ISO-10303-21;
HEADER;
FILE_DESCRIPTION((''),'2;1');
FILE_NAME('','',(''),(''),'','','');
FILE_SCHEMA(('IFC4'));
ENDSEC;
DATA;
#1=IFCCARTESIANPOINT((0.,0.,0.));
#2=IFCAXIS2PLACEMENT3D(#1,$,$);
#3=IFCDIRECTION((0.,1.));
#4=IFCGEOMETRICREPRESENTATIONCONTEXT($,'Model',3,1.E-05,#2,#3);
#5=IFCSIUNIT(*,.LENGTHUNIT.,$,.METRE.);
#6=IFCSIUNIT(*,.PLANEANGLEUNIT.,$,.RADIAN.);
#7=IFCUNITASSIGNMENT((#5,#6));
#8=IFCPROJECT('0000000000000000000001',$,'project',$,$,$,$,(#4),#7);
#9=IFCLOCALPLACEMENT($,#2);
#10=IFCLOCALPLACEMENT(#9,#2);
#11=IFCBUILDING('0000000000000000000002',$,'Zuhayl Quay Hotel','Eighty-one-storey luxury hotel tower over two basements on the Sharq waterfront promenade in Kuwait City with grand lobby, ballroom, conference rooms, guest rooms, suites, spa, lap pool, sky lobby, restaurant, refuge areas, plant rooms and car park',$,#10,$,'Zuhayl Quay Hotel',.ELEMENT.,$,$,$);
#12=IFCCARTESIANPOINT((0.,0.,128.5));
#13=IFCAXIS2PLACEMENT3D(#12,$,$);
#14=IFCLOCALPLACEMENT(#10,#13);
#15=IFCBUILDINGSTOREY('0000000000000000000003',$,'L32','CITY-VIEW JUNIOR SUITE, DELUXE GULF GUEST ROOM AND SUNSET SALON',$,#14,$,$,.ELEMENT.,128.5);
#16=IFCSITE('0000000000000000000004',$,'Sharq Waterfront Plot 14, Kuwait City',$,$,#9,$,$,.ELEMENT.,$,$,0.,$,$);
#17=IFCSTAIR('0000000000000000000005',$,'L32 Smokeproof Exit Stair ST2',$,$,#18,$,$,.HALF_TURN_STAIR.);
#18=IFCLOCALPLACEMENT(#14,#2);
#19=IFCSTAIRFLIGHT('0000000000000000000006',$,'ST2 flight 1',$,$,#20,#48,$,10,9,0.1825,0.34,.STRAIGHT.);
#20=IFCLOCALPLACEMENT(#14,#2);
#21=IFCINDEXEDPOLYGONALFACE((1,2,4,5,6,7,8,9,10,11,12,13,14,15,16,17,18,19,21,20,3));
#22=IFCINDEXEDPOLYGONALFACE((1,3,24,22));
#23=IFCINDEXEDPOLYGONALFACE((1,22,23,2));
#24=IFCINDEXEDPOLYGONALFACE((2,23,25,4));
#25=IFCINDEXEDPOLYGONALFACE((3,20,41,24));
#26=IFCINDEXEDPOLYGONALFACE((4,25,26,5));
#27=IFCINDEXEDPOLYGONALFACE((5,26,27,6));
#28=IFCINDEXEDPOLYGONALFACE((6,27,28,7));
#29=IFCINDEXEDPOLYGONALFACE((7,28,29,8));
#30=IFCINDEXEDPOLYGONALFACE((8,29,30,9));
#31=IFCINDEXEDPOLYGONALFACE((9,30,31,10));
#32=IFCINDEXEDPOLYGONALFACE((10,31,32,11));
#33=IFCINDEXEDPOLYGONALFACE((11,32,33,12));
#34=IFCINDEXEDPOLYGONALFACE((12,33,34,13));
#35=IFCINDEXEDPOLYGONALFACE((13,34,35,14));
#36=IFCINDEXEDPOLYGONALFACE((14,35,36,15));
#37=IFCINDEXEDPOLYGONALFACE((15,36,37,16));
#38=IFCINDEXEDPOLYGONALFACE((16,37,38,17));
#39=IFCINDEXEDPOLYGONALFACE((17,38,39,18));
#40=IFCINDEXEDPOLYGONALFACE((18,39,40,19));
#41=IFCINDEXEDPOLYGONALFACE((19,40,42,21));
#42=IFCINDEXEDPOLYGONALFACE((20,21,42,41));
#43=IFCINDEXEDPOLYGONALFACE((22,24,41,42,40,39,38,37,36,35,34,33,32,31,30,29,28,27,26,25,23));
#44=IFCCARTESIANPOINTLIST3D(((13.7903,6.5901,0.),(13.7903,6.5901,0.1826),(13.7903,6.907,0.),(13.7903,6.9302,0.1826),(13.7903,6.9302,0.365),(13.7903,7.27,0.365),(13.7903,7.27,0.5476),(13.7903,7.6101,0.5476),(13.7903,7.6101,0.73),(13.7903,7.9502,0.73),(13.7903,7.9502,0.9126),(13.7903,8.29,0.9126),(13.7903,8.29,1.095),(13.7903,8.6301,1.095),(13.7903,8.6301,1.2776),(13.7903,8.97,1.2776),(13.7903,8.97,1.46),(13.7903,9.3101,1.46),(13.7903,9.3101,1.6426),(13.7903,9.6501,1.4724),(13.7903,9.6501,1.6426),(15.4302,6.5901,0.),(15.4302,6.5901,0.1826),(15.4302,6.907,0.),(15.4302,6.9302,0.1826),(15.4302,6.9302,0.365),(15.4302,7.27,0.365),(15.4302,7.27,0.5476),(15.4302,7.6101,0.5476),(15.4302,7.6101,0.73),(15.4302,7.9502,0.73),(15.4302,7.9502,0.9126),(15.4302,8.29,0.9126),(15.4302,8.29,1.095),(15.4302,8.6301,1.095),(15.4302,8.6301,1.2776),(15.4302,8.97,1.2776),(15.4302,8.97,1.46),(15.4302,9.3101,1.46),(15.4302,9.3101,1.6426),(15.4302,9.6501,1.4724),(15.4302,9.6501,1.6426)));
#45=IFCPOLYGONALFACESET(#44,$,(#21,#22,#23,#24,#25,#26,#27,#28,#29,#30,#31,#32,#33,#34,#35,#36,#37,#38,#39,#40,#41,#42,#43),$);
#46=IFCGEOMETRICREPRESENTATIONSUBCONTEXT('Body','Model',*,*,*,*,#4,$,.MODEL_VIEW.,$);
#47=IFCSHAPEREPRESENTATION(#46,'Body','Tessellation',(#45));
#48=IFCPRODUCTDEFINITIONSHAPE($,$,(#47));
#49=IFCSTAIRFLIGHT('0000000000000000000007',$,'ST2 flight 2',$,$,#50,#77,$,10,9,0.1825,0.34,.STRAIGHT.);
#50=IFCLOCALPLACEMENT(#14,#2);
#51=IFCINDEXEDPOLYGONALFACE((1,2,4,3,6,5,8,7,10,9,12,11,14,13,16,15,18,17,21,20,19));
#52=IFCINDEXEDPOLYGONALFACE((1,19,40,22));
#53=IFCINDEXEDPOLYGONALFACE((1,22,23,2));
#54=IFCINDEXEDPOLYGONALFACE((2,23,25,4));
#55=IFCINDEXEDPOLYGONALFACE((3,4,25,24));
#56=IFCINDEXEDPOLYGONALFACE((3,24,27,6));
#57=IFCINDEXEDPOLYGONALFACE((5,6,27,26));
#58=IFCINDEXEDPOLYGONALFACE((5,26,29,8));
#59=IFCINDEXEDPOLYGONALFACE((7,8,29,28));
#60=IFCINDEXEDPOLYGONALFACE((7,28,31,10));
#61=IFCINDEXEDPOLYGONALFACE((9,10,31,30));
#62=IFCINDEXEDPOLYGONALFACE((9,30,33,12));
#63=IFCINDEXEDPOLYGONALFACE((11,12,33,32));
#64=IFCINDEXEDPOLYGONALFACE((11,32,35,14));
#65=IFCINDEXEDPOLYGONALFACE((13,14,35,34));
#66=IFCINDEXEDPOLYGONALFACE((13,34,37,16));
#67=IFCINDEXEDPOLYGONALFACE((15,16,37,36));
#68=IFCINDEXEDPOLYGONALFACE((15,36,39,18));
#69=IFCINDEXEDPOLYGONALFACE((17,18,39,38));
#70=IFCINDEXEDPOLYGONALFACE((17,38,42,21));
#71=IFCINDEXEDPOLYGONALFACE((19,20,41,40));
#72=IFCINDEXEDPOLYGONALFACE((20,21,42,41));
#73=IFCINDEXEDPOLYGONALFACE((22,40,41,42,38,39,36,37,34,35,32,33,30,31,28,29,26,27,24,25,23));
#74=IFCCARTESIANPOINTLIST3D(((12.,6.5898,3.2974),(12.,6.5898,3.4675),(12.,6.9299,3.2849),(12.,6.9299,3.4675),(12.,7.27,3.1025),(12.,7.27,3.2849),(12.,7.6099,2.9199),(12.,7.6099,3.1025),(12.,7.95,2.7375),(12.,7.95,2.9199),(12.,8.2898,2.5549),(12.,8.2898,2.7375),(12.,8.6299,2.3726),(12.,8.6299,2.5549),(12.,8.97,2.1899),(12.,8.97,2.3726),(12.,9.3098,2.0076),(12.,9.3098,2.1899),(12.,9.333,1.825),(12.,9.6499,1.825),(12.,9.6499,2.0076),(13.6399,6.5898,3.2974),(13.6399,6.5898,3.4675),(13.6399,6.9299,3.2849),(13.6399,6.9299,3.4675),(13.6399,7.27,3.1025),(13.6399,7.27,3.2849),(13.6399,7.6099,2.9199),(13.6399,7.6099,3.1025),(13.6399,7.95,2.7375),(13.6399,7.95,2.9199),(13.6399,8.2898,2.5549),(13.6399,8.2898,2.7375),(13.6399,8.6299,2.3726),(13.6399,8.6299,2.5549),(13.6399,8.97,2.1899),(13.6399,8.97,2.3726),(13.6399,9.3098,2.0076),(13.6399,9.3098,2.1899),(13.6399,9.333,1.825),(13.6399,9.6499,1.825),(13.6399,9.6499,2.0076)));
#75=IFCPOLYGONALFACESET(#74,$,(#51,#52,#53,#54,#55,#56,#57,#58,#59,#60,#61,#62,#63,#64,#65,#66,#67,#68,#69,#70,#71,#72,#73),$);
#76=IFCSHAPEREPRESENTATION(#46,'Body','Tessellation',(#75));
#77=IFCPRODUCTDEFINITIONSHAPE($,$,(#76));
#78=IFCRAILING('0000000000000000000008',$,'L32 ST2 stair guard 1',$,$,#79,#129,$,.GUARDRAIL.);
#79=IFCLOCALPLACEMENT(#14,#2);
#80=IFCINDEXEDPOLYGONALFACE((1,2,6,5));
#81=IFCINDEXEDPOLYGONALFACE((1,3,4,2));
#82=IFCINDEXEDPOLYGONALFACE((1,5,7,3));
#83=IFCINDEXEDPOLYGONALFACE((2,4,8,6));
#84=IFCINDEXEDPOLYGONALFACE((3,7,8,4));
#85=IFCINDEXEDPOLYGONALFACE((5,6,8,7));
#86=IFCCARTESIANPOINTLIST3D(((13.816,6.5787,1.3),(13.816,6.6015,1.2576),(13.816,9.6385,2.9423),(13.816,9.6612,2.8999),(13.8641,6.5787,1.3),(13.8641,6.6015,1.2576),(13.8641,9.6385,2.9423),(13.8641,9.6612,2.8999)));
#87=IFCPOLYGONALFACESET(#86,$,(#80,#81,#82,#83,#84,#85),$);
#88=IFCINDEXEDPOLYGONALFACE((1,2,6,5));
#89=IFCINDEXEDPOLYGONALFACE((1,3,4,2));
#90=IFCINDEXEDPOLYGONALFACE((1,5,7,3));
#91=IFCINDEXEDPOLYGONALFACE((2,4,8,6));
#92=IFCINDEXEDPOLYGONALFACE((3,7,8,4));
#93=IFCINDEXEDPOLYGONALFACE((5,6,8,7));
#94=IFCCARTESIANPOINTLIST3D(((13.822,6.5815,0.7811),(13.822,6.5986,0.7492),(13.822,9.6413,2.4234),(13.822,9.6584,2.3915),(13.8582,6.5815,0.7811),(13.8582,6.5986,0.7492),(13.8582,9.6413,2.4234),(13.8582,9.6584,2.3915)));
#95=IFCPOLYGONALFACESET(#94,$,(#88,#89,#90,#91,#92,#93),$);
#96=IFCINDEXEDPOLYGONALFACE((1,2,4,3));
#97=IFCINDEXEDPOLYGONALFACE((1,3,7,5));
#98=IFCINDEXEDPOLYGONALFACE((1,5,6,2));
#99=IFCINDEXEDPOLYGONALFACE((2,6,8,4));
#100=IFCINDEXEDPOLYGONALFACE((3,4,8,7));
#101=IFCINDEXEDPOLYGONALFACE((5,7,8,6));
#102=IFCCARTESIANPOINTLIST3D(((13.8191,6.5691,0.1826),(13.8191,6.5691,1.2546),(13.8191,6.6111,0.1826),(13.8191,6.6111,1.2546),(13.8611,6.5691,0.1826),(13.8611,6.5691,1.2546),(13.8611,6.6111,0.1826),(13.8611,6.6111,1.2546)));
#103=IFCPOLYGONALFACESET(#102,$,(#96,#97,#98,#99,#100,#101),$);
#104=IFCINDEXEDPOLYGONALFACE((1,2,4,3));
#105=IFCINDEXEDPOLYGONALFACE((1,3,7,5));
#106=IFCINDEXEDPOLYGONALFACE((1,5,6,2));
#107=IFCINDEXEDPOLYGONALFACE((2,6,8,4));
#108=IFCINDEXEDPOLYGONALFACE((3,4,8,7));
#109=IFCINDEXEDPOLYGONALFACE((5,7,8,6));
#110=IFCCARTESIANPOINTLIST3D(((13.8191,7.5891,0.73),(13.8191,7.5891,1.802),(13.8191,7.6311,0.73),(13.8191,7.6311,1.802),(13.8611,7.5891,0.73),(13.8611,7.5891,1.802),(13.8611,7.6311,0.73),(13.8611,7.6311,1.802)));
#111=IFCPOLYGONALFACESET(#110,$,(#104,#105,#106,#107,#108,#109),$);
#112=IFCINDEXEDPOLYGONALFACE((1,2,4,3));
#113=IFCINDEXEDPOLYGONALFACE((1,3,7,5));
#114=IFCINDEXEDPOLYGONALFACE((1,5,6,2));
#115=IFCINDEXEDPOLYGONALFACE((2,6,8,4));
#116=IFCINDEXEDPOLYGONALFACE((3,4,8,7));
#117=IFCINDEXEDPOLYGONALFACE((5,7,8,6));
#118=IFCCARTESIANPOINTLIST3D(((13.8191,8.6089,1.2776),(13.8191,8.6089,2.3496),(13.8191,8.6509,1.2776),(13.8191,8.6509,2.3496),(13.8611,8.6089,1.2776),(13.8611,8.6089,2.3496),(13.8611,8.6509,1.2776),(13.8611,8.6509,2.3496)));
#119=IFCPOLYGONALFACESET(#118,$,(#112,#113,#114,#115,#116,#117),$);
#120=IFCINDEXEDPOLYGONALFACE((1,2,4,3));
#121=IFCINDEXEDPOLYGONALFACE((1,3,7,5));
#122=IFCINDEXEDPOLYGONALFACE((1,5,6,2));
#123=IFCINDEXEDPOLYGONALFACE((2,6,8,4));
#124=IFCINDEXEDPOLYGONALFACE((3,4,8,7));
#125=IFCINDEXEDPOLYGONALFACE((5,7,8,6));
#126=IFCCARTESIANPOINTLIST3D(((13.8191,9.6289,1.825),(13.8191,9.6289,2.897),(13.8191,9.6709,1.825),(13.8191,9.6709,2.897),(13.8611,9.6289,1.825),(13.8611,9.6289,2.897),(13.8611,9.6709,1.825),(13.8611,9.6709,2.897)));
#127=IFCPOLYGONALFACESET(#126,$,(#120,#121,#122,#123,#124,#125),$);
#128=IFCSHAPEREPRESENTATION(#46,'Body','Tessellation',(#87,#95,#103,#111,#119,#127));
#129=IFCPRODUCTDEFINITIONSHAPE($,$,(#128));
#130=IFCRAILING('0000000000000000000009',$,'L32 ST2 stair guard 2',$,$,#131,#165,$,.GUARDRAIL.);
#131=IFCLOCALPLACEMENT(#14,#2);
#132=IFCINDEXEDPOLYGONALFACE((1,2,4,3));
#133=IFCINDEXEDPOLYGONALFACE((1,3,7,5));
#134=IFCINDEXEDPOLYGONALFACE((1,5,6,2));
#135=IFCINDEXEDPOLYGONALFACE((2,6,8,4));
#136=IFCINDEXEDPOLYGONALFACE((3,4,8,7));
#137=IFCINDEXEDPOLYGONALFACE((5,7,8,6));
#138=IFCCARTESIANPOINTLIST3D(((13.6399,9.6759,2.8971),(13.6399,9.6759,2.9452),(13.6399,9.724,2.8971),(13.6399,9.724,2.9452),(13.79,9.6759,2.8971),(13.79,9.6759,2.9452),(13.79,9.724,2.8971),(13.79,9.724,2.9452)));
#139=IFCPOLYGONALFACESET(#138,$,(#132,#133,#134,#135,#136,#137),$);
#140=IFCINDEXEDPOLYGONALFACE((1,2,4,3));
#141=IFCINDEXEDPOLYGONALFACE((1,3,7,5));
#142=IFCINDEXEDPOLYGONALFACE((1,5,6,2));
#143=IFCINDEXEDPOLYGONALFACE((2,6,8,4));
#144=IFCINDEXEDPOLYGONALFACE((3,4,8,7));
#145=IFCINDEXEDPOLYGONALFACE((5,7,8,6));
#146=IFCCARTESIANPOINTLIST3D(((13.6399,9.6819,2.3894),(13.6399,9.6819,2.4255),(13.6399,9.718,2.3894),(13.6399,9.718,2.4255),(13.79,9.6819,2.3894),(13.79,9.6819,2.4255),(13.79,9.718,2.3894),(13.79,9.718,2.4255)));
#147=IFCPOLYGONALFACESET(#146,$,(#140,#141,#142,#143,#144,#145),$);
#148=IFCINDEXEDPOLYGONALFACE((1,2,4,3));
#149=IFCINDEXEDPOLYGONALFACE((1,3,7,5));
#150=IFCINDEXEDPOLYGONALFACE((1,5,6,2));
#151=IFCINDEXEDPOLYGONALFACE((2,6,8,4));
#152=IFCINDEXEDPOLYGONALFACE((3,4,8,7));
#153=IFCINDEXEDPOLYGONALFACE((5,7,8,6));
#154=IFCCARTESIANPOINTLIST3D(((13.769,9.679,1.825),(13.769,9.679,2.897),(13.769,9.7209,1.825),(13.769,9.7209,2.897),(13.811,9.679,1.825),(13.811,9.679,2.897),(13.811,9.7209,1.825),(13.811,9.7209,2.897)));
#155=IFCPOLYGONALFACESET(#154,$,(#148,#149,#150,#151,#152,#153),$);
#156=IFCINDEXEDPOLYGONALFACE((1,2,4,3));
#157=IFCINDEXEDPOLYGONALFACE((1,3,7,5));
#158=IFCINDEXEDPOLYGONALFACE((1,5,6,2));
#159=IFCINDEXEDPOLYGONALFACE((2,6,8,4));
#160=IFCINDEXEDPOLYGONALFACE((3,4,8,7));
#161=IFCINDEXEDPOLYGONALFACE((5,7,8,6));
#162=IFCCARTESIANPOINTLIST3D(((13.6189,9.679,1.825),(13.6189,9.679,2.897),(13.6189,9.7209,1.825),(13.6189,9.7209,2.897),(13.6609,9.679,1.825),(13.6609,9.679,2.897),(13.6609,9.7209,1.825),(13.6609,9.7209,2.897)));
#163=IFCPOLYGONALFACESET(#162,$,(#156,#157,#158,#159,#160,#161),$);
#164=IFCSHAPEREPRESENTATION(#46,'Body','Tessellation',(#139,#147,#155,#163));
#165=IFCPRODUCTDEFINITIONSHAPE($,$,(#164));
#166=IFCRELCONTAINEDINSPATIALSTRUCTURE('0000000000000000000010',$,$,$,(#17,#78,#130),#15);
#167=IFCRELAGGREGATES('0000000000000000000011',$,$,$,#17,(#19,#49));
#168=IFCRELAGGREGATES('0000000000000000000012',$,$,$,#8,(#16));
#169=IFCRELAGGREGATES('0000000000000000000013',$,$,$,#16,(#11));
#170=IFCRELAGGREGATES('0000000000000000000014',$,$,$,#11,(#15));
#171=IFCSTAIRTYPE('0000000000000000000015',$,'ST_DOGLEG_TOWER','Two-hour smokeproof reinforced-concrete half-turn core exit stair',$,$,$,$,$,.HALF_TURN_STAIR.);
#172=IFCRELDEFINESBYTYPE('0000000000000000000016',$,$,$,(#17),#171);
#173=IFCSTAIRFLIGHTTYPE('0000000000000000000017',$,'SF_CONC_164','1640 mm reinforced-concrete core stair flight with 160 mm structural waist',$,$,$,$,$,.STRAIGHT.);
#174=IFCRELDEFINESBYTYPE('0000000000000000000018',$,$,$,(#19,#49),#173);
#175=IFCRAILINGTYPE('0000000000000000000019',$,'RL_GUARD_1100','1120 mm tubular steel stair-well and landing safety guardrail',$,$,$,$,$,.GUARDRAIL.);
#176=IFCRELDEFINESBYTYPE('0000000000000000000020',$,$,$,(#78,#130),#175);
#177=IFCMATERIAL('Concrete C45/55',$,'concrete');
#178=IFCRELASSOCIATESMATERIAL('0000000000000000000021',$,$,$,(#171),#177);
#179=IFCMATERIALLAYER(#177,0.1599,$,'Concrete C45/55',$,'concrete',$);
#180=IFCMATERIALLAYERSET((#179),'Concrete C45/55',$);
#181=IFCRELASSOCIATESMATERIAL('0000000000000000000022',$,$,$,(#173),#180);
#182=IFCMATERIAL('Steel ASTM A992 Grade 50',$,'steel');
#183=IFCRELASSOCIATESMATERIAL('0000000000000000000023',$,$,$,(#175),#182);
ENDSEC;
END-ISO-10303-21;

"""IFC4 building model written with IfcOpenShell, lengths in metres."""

from ifc_helpers import new_model, si_unit, direction, frame, origin, origin_2d, place, context, subcontext, project, spatial, polyline, rectangle, outline, extrude, material, layer, layer_set, type_object, element, aggregate, save


model = new_model("IFC4")

# Units and contexts
model_context = context("Model", 3, precision=1e-05, world=origin(), true_north=direction((0.0, 1.0)))
body_context = subcontext(model_context, "Body", "Model", "MODEL_VIEW")
ifc_project = project(units=[si_unit("LENGTHUNIT", "METRE"), si_unit("PLANEANGLEUNIT", "RADIAN")], contexts=[model_context])

# Site, building, storey
site_placement = place(None, origin())
site = spatial("IfcSite", under=ifc_project, at=site_placement, Name="Sharq Waterfront Plot 14, Kuwait City", CompositionType="ELEMENT", RefElevation=0.0)
building_placement = place(site_placement, origin())
building = spatial("IfcBuilding", under=site, at=building_placement, Name="Zuhayl Quay Hotel", Description="Eighty-one-storey luxury hotel tower over two basements on the Sharq waterfront promenade in Kuwait City with grand lobby, ballroom, conference rooms, guest rooms, suites, spa, lap pool, sky lobby, restaurant, refuge areas, plant rooms and car park", LongName="Zuhayl Quay Hotel", CompositionType="ELEMENT")
storey_placement = place(building_placement, frame((0.0, 0.0, 128.5)))
storey = spatial("IfcBuildingStorey", under=building, at=storey_placement, Name="L32", Description="CITY-VIEW JUNIOR SUITE, DELUXE GULF GUEST ROOM AND SUNSET SALON", CompositionType="ELEMENT", Elevation=128.5)

# Shared definitions
ifc_material_1 = material(Name="Steel ASTM A992 Grade 50", Category="steel")

# Stair, stair flights
ifc_material_2 = material(Name="Concrete C45/55", Category="concrete")
stair_type = type_object("IfcStairType", Name="ST_DOGLEG_TOWER", Description="Two-hour smokeproof reinforced-concrete half-turn core exit stair", PredefinedType="HALF_TURN_STAIR", material=ifc_material_2)
stair_placement = place(storey_placement, origin())
stair = element("IfcStair", 1, at=stair_placement, inside=storey, type_object=stair_type, Name="L32 Smokeproof Exit Stair ST2", PredefinedType="HALF_TURN_STAIR")
ifc_layer_1 = layer(ifc_material_2, 0.1599, Name="Concrete C45/55", Category="concrete")
ifc_layer_set_1 = layer_set([ifc_layer_1], Name="Concrete C45/55")
stair_flight_type = type_object("IfcStairFlightType", Name="SF_CONC_164", Description="1640 mm reinforced-concrete core stair flight with 160 mm structural waist", PredefinedType="STRAIGHT", material=ifc_layer_set_1)
stair_flight_1_placement = place(storey_placement, frame((14.6101, 6.5901, 0.0), z_axis=(0.0, 0.0, 1.0), x_axis=(0.0, 1.0, 0.0)))
stair_flight_1 = element("IfcStairFlight", 2, at=stair_flight_1_placement, type_object=stair_flight_type, Name="ST2 flight 1", NumberOfRisers=10, NumberOfTreads=9, PredefinedType="STRAIGHT", RiserHeight=0.1825, TreadLength=0.34, context=body_context, shape_type="SweptSolid", body=[
    extrude(outline(polyline([(0.0, 0.0), (0.0, 0.1826), (0.3401, 0.1826), (0.3401, 0.365), (0.6799, 0.365), (0.6799, 0.5476), (1.02, 0.5476), (1.02, 0.73), (1.3601, 0.73), (1.3601, 0.9126), (1.7, 0.9126), (1.7, 1.095), (2.04, 1.095), (2.04, 1.2776), (2.3799, 1.2776), (2.3799, 1.46), (2.72, 1.46), (2.72, 1.6426), (3.0601, 1.6426), (3.0601, 1.825), (3.0601, 1.4724), (0.3169, 0.0), (0.0, 0.0)])), frame((0.0, 0.8198, 0.0), z_axis=(0.0, -1.0, 0.0), x_axis=(1.0, 0.0, 0.0)), (0.0, 0.0, 1.0), 1.6399),
])
stair_flight_2_placement = place(storey_placement, frame((12.8201, 9.6499, 1.825), z_axis=(0.0, 0.0, 1.0), x_axis=(0.0, -1.0, 0.0)))
stair_flight_2 = element("IfcStairFlight", 3, at=stair_flight_2_placement, type_object=stair_flight_type, Name="ST2 flight 2", NumberOfRisers=10, NumberOfTreads=9, PredefinedType="STRAIGHT", RiserHeight=0.1825, TreadLength=0.34, context=body_context, shape_type="SweptSolid", body=[
    extrude(outline(polyline([(0.0, 0.0), (0.0, 0.1826), (0.3401, 0.1826), (0.3401, 0.365), (0.6799, 0.365), (0.6799, 0.5476), (1.02, 0.5476), (1.02, 0.73), (1.3601, 0.73), (1.3601, 0.9126), (1.7, 0.9126), (1.7, 1.095), (2.04, 1.095), (2.04, 1.2776), (2.3799, 1.2776), (2.3799, 1.46), (2.72, 1.46), (2.72, 1.6426), (3.0601, 1.6426), (3.0601, 1.825), (3.0601, 1.4724), (0.3169, 0.0), (0.0, 0.0)])), frame((0.0, 0.8198, 0.0), z_axis=(0.0, -1.0, 0.0), x_axis=(1.0, 0.0, 0.0)), (0.0, 0.0, 1.0), 1.6399),
])
aggregate(stair, [stair_flight_1, stair_flight_2])

# Railings
railing_type_1 = type_object("IfcRailingType", Name="RL_GUARD_1100", Description="1120 mm tubular steel stair-well and landing safety guardrail", PredefinedType="GUARDRAIL", material=ifc_material_1)
railing_1_placement = place(storey_placement, frame((13.8401, 6.5901, 0.1826)))
element("IfcRailing", 4, at=railing_1_placement, inside=storey, type_object=railing_type_1, Name="L32 ST2 stair guard 1", PredefinedType="GUARDRAIL", context=body_context, shape_type="SweptSolid", body=[
    extrude(rectangle(XDim=0.0481, YDim=0.0481, at=origin_2d()), frame((0.0, 0.0, 1.0962), z_axis=(0.0, 0.881102, 0.472926), x_axis=(-1.0, 0.0, 0.0)), (0.0, 0.0, 1.0), 3.4727),
    extrude(rectangle(XDim=0.0361, YDim=0.0361, at=origin_2d()), frame((0.0, 0.0, 0.5825), z_axis=(0.0, 0.881102, 0.472926), x_axis=(-1.0, 0.0, 0.0)), (0.0, 0.0, 1.0), 3.4727),
    extrude(rectangle(XDim=0.042, YDim=0.042, at=origin_2d()), origin(), (0.0, 0.0, 1.0), 1.072),
    extrude(rectangle(XDim=0.042, YDim=0.042, at=origin_2d()), frame((0.0, 1.02, 0.5474)), (0.0, 0.0, 1.0), 1.072),
    extrude(rectangle(XDim=0.042, YDim=0.042, at=origin_2d()), frame((0.0, 2.0398, 1.095)), (0.0, 0.0, 1.0), 1.072),
    extrude(rectangle(XDim=0.042, YDim=0.042, at=origin_2d()), frame((0.0, 3.0598, 1.6423)), (0.0, 0.0, 1.0), 1.072),
])
railing_2_placement = place(storey_placement, frame((13.79, 9.7, 1.825)))
element("IfcRailing", 5, at=railing_2_placement, inside=storey, type_object=railing_type_1, Name="L32 ST2 stair guard 2", PredefinedType="GUARDRAIL", context=body_context, shape_type="SweptSolid", body=[
    extrude(rectangle(XDim=0.0481, YDim=0.0481, at=origin_2d()), frame((0.0, 0.0, 1.0962), z_axis=(-1.0, 0.0, 0.0), x_axis=(0.0, -1.0, 0.0)), (0.0, 0.0, 1.0), 0.1501),
    extrude(rectangle(XDim=0.0361, YDim=0.0361, at=origin_2d()), frame((0.0, 0.0, 0.5825), z_axis=(-1.0, 0.0, 0.0), x_axis=(0.0, -1.0, 0.0)), (0.0, 0.0, 1.0), 0.1501),
    extrude(rectangle(XDim=0.042, YDim=0.042, at=origin_2d()), origin(), (0.0, 0.0, 1.0), 1.072),
    extrude(rectangle(XDim=0.042, YDim=0.042, at=origin_2d()), frame((-0.1501, 0.0, 0.0)), (0.0, 0.0, 1.0), 1.072),
])

save(model, "model.ifc")
